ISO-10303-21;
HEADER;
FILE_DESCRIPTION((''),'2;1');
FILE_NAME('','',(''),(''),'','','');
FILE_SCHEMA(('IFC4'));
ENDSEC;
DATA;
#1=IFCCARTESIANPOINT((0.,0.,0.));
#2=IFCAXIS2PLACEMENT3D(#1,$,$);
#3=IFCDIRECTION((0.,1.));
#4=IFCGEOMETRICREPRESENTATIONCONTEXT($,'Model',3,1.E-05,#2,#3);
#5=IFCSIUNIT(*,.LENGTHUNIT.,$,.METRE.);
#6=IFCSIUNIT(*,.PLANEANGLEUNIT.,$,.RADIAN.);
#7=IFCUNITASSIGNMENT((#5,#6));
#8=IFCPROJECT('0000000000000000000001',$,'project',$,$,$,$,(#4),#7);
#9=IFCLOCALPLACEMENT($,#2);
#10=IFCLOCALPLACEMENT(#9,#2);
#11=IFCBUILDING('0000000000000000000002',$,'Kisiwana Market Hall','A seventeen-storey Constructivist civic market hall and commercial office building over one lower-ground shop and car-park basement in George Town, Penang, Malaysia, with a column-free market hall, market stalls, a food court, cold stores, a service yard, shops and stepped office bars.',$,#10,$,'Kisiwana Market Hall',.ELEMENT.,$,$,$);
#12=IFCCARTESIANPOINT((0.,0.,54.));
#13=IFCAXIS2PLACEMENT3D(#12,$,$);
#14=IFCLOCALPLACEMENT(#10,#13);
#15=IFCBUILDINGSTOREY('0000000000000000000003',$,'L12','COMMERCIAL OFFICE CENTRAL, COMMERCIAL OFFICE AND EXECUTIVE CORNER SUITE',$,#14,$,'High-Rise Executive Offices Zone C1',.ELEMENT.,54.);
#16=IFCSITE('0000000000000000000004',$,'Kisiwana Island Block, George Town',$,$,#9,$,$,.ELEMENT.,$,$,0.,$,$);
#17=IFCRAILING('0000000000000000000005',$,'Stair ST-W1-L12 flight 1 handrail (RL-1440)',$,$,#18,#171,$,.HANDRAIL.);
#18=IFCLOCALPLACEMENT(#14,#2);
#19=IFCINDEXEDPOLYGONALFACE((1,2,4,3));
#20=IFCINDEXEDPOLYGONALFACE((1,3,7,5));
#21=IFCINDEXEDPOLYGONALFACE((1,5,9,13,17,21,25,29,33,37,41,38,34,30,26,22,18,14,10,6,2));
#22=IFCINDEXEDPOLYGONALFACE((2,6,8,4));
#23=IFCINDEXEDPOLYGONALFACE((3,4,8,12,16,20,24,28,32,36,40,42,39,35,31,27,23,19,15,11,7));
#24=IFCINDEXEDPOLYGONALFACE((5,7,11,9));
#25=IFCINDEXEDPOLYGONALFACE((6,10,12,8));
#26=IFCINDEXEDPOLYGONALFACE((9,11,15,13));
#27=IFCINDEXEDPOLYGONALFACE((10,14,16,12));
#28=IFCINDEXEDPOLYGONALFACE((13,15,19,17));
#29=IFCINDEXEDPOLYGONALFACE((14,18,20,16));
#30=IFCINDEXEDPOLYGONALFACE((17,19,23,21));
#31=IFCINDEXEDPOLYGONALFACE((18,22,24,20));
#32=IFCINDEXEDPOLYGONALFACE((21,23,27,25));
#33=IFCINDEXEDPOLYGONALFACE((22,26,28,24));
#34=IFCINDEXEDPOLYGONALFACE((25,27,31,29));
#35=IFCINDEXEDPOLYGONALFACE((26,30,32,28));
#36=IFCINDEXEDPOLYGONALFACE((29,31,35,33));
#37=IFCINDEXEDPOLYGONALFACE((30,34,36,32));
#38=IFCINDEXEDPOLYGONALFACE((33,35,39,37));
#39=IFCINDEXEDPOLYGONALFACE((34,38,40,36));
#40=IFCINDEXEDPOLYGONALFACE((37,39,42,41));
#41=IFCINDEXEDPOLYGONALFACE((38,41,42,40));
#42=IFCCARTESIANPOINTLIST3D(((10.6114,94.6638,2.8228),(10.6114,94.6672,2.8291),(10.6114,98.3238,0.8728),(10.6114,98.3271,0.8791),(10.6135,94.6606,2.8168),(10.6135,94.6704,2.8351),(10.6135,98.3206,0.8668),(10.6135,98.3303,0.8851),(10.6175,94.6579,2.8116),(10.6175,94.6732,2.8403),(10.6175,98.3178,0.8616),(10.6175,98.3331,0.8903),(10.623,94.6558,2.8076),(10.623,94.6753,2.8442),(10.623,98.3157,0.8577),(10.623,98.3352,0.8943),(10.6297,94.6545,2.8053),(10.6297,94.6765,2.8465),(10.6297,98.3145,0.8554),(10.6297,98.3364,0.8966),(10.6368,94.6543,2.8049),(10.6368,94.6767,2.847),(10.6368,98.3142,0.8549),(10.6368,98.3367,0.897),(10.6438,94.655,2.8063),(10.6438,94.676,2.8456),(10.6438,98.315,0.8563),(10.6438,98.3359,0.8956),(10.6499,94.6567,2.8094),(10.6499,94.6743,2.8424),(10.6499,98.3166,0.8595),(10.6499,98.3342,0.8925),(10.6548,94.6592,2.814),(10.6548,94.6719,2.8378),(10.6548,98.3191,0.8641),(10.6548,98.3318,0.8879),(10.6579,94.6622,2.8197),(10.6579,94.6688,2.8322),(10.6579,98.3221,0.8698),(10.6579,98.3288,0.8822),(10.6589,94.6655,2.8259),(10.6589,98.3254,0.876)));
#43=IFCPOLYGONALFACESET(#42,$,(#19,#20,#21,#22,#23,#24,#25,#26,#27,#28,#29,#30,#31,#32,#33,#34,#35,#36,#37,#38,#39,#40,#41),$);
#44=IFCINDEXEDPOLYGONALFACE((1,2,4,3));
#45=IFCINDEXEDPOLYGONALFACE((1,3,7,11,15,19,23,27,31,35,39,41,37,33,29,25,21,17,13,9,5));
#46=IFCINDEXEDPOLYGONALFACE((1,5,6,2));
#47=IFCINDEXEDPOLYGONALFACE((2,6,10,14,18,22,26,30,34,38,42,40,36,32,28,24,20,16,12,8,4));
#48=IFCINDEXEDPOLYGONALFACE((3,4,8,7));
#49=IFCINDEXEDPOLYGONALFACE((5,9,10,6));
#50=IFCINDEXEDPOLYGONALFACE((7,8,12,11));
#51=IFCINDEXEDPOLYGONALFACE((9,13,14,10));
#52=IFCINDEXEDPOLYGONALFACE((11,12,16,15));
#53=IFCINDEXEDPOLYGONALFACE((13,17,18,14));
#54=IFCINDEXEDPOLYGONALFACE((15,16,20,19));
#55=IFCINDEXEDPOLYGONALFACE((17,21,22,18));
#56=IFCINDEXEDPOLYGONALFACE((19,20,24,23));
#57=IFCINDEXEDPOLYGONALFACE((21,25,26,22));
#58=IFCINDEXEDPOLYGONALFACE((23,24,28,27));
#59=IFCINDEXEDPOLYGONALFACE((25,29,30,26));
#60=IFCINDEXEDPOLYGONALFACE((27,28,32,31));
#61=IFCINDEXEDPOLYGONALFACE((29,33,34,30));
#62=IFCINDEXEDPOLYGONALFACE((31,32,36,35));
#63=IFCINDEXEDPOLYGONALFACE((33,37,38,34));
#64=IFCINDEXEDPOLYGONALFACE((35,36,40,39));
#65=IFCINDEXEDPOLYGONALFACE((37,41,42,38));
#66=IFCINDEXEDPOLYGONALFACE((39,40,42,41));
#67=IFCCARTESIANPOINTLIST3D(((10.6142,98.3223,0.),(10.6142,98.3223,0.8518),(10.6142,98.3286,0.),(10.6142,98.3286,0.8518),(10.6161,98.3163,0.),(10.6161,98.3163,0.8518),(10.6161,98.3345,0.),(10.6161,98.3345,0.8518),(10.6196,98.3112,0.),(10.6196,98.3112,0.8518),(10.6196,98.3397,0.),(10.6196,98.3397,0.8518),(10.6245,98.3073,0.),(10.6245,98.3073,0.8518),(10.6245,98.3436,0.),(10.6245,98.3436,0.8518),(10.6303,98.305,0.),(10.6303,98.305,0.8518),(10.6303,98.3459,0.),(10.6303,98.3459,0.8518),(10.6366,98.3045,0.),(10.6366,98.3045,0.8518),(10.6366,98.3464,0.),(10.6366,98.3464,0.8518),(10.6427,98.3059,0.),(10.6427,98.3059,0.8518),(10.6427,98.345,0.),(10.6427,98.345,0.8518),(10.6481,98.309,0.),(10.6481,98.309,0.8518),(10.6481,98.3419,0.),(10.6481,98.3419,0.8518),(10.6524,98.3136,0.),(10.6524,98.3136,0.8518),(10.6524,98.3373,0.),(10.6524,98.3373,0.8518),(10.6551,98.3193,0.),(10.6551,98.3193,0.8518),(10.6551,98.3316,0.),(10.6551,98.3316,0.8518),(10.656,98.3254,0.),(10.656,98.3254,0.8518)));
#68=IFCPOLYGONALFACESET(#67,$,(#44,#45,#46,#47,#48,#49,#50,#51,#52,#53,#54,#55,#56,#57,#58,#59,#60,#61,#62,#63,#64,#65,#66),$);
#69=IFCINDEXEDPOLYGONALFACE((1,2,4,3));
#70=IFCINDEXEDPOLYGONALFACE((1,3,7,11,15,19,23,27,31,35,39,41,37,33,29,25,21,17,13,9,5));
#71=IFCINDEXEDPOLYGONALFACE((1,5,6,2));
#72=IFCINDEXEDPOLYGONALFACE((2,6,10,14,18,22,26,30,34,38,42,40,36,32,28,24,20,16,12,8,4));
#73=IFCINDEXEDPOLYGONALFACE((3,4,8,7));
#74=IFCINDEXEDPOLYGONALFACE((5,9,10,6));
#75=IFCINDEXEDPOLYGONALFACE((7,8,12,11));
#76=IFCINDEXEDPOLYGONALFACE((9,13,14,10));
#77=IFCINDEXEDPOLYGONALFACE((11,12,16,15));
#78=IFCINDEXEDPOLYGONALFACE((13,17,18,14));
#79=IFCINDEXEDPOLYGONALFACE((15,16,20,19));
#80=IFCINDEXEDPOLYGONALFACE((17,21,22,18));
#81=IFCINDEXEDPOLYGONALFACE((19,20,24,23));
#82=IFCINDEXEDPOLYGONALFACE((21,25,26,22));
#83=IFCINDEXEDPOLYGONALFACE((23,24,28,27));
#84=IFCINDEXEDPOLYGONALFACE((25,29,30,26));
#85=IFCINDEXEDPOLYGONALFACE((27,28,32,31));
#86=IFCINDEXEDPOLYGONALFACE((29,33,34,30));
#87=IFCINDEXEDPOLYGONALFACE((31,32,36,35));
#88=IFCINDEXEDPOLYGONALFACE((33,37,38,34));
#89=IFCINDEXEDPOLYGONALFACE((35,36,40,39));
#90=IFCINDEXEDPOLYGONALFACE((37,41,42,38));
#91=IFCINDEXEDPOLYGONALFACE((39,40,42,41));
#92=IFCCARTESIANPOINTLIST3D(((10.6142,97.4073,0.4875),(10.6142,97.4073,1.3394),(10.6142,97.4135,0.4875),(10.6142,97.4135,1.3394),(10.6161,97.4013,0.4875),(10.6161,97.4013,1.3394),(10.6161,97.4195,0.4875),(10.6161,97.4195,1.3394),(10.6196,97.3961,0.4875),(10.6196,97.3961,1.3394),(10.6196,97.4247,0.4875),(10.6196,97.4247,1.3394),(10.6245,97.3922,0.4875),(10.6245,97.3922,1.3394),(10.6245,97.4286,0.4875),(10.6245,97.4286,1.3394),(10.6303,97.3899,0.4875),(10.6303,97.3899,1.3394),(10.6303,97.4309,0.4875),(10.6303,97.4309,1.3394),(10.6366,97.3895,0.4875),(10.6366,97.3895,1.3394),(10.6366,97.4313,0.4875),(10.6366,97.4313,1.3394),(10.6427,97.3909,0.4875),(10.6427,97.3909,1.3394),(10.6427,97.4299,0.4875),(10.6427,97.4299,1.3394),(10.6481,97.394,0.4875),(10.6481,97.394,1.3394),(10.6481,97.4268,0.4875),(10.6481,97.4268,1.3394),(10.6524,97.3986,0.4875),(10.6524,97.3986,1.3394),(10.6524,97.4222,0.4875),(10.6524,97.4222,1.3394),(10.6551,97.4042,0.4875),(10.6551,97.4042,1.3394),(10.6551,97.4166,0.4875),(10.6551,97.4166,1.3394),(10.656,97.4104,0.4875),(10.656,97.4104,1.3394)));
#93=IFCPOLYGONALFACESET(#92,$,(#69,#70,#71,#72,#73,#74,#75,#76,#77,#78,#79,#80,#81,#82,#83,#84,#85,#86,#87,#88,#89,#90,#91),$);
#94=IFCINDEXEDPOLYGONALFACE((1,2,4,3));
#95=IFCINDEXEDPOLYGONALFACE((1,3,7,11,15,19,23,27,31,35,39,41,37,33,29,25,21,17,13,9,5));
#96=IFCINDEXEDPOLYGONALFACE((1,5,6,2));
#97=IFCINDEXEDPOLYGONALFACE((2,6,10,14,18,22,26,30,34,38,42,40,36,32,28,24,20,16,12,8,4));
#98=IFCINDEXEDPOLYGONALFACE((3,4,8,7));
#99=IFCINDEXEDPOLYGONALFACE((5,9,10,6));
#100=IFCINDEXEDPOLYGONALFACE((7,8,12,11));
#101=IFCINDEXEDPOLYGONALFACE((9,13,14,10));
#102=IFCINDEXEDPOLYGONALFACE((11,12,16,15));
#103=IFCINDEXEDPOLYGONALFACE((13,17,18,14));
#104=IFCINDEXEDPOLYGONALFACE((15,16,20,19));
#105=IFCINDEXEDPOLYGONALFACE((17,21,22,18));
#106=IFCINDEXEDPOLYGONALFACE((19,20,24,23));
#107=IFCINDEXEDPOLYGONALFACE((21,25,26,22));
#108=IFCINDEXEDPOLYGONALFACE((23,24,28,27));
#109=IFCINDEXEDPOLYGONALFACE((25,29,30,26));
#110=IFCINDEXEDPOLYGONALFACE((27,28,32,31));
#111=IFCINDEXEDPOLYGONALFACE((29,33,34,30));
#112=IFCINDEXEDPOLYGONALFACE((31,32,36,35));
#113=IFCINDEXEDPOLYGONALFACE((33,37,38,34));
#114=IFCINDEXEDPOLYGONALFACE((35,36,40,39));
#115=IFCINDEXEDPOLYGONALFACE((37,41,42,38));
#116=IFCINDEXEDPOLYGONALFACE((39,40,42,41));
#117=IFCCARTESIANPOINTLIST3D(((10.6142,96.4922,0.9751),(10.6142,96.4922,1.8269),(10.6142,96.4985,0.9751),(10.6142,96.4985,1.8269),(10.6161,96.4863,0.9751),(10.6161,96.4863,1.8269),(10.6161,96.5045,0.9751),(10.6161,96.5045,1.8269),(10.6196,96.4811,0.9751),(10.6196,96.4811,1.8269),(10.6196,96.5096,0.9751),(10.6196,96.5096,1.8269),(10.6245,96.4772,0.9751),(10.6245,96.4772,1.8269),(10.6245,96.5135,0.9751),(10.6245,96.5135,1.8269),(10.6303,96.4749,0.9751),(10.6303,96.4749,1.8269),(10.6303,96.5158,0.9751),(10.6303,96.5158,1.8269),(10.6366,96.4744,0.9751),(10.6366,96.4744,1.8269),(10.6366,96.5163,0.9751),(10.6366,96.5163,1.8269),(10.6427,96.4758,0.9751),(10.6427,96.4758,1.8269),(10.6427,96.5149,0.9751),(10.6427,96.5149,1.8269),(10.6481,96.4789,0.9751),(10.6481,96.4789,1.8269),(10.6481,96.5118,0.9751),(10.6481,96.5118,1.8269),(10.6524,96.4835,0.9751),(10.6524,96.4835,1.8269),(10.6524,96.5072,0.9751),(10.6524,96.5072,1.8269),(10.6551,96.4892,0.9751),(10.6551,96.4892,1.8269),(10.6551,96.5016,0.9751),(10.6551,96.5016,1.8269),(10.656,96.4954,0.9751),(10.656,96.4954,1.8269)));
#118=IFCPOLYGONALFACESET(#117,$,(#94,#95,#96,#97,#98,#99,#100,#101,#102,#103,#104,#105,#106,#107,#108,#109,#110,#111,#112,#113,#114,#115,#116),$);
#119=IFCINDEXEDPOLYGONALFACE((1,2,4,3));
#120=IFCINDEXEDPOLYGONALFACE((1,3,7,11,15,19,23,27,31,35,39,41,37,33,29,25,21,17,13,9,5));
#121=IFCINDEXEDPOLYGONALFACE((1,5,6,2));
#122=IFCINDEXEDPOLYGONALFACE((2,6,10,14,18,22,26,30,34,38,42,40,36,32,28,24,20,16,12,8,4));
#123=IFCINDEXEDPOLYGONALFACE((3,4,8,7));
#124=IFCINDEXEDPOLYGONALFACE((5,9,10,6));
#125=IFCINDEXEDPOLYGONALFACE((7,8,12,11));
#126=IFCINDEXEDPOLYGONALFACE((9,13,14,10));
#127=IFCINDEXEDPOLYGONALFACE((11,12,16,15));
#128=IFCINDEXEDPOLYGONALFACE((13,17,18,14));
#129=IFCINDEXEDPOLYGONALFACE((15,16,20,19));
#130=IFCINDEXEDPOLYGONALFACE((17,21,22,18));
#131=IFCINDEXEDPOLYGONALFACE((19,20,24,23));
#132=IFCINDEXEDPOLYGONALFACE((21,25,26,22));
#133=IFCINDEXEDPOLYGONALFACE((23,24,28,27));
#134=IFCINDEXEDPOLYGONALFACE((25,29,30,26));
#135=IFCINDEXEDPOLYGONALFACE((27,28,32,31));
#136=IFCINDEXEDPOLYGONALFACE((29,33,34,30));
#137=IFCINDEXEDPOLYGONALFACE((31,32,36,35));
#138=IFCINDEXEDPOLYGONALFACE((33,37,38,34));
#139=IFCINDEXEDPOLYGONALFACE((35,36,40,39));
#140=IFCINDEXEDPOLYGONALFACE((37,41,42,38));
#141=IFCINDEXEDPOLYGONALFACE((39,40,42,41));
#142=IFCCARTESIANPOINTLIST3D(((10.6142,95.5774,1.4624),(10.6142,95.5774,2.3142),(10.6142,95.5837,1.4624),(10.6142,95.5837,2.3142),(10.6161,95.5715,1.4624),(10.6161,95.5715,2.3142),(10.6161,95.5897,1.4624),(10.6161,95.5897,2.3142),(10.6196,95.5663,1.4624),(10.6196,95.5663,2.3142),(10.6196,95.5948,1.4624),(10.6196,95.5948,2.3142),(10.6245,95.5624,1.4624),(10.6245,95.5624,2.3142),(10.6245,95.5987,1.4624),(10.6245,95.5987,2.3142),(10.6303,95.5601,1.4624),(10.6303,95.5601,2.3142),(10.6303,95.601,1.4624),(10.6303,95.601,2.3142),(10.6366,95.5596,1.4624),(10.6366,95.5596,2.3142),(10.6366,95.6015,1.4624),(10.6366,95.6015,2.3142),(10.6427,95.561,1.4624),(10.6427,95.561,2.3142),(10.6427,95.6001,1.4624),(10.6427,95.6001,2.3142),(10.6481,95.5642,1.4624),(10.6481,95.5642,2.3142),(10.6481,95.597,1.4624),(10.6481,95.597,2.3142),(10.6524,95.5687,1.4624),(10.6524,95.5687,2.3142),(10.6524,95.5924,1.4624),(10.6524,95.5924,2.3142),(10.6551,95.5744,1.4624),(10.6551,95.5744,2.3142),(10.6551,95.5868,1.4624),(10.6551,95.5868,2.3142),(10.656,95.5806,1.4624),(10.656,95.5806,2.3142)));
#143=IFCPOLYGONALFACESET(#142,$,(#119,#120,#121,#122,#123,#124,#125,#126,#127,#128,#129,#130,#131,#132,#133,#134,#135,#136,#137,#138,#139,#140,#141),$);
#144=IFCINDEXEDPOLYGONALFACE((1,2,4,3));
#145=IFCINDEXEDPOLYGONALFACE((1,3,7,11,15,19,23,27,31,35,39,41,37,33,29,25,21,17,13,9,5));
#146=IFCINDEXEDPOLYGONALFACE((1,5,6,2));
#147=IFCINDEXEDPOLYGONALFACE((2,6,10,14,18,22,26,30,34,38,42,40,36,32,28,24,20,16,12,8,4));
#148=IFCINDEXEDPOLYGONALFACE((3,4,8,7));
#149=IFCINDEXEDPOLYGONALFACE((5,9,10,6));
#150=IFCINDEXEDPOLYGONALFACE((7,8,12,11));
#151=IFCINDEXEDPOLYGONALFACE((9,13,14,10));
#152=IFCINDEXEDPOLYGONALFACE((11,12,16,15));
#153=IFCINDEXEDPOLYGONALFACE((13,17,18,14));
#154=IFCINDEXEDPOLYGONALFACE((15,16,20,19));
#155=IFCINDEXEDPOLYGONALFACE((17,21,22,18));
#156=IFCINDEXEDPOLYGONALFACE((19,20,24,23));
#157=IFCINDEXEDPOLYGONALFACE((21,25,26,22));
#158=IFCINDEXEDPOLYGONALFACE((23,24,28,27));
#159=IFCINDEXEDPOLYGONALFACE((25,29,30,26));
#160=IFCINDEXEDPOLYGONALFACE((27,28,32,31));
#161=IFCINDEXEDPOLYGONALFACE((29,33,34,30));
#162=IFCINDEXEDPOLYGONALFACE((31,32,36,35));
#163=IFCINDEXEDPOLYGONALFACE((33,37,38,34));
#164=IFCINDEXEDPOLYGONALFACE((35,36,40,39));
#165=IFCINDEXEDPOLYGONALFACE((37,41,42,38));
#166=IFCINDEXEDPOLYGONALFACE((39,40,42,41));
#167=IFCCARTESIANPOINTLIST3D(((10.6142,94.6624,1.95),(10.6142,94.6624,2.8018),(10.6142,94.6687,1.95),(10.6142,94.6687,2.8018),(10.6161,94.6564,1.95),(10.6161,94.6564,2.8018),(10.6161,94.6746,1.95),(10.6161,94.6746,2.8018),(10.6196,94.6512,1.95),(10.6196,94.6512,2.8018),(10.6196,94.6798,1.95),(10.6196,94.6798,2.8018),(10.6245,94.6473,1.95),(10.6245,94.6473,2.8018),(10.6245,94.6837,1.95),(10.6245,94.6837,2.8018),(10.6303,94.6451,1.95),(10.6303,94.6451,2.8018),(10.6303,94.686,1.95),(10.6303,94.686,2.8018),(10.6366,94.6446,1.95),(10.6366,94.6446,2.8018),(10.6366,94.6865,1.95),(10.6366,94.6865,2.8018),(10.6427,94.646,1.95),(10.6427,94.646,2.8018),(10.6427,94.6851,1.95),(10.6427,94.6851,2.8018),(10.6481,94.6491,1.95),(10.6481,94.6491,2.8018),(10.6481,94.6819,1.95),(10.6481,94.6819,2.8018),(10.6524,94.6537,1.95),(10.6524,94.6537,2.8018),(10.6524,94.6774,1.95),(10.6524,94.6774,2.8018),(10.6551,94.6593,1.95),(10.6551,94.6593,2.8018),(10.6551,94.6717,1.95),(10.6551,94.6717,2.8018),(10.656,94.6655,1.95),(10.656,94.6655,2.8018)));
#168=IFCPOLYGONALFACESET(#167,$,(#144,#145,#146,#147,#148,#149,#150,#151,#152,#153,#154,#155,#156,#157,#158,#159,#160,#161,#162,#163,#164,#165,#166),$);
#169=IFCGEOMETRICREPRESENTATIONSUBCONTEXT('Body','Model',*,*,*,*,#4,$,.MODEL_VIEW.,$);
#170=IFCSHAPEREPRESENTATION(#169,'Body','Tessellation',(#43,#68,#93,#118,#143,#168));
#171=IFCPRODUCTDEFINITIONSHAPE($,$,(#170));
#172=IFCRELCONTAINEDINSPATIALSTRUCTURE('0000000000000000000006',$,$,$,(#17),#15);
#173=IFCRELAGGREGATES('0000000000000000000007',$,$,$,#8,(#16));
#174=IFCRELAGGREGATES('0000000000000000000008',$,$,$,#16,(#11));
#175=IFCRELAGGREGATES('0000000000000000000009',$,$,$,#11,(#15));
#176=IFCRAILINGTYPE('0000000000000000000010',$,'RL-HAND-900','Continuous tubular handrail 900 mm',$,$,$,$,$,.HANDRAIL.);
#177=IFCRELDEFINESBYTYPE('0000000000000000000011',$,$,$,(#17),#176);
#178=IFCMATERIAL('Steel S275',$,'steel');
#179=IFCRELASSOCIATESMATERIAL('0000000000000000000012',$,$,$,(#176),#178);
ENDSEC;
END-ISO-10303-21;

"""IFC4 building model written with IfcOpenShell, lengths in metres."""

from ifc_helpers import new_model, si_unit, direction, frame, origin, origin_2d, place, context, subcontext, project, spatial, circle, extrude, material, type_object, element, save


model = new_model("IFC4")

# Units and contexts
model_context = context("Model", 3, precision=1e-05, world=origin(), true_north=direction((0.0, 1.0)))
body_context = subcontext(model_context, "Body", "Model", "MODEL_VIEW")
ifc_project = project(units=[si_unit("LENGTHUNIT", "METRE"), si_unit("PLANEANGLEUNIT", "RADIAN")], contexts=[model_context])

# Site, building, storey
site_placement = place(None, origin())
site = spatial("IfcSite", under=ifc_project, at=site_placement, Name="Kisiwana Island Block, George Town", CompositionType="ELEMENT", RefElevation=0.0)
building_placement = place(site_placement, origin())
building = spatial("IfcBuilding", under=site, at=building_placement, Name="Kisiwana Market Hall", Description="A seventeen-storey Constructivist civic market hall and commercial office building over one lower-ground shop and car-park basement in George Town, Penang, Malaysia, with a column-free market hall, market stalls, a food court, cold stores, a service yard, shops and stepped office bars.", LongName="Kisiwana Market Hall", CompositionType="ELEMENT")
storey_placement = place(building_placement, frame((0.0, 0.0, 54.0)))
storey = spatial("IfcBuildingStorey", under=building, at=storey_placement, Name="L12", Description="COMMERCIAL OFFICE CENTRAL, COMMERCIAL OFFICE AND EXECUTIVE CORNER SUITE", LongName="High-Rise Executive Offices Zone C1", CompositionType="ELEMENT", Elevation=54.0)

# Railing
ifc_material_1 = material(Name="Steel S275", Category="steel")
railing_type_1 = type_object("IfcRailingType", Name="RL-HAND-900", Description="Continuous tubular handrail 900 mm", PredefinedType="HANDRAIL", material=ifc_material_1)
railing_1_placement = place(storey_placement, frame((10.635, 98.3254, 0.0)))
element("IfcRailing", 1, at=railing_1_placement, inside=storey, type_object=railing_type_1, Name="Stair ST-W1-L12 flight 1 handrail (RL-1440)", PredefinedType="HANDRAIL", context=body_context, shape_type="SweptSolid", body=[
    extrude(circle(Radius=0.0239, at=origin_2d()), frame((0.0, 0.0, 0.876), z_axis=(0.0, -0.882553, 0.470212), x_axis=(1.0, 0.0, 0.0)), (0.0, 0.0, 1.0), 4.147),
    extrude(circle(Radius=0.021, at=origin_2d()), origin(), (0.0, 0.0, 1.0), 0.8518),
    extrude(circle(Radius=0.021, at=origin_2d()), frame((0.0, -0.915, 0.4875)), (0.0, 0.0, 1.0), 0.8518),
    extrude(circle(Radius=0.021, at=origin_2d()), frame((0.0, -1.8301, 0.9751)), (0.0, 0.0, 1.0), 0.8518),
    extrude(circle(Radius=0.021, at=origin_2d()), frame((0.0, -2.7449, 1.4624)), (0.0, 0.0, 1.0), 0.8518),
    extrude(circle(Radius=0.021, at=origin_2d()), frame((0.0, -3.6599, 1.95)), (0.0, 0.0, 1.0), 0.8518),
])

save(model, "model.ifc")
